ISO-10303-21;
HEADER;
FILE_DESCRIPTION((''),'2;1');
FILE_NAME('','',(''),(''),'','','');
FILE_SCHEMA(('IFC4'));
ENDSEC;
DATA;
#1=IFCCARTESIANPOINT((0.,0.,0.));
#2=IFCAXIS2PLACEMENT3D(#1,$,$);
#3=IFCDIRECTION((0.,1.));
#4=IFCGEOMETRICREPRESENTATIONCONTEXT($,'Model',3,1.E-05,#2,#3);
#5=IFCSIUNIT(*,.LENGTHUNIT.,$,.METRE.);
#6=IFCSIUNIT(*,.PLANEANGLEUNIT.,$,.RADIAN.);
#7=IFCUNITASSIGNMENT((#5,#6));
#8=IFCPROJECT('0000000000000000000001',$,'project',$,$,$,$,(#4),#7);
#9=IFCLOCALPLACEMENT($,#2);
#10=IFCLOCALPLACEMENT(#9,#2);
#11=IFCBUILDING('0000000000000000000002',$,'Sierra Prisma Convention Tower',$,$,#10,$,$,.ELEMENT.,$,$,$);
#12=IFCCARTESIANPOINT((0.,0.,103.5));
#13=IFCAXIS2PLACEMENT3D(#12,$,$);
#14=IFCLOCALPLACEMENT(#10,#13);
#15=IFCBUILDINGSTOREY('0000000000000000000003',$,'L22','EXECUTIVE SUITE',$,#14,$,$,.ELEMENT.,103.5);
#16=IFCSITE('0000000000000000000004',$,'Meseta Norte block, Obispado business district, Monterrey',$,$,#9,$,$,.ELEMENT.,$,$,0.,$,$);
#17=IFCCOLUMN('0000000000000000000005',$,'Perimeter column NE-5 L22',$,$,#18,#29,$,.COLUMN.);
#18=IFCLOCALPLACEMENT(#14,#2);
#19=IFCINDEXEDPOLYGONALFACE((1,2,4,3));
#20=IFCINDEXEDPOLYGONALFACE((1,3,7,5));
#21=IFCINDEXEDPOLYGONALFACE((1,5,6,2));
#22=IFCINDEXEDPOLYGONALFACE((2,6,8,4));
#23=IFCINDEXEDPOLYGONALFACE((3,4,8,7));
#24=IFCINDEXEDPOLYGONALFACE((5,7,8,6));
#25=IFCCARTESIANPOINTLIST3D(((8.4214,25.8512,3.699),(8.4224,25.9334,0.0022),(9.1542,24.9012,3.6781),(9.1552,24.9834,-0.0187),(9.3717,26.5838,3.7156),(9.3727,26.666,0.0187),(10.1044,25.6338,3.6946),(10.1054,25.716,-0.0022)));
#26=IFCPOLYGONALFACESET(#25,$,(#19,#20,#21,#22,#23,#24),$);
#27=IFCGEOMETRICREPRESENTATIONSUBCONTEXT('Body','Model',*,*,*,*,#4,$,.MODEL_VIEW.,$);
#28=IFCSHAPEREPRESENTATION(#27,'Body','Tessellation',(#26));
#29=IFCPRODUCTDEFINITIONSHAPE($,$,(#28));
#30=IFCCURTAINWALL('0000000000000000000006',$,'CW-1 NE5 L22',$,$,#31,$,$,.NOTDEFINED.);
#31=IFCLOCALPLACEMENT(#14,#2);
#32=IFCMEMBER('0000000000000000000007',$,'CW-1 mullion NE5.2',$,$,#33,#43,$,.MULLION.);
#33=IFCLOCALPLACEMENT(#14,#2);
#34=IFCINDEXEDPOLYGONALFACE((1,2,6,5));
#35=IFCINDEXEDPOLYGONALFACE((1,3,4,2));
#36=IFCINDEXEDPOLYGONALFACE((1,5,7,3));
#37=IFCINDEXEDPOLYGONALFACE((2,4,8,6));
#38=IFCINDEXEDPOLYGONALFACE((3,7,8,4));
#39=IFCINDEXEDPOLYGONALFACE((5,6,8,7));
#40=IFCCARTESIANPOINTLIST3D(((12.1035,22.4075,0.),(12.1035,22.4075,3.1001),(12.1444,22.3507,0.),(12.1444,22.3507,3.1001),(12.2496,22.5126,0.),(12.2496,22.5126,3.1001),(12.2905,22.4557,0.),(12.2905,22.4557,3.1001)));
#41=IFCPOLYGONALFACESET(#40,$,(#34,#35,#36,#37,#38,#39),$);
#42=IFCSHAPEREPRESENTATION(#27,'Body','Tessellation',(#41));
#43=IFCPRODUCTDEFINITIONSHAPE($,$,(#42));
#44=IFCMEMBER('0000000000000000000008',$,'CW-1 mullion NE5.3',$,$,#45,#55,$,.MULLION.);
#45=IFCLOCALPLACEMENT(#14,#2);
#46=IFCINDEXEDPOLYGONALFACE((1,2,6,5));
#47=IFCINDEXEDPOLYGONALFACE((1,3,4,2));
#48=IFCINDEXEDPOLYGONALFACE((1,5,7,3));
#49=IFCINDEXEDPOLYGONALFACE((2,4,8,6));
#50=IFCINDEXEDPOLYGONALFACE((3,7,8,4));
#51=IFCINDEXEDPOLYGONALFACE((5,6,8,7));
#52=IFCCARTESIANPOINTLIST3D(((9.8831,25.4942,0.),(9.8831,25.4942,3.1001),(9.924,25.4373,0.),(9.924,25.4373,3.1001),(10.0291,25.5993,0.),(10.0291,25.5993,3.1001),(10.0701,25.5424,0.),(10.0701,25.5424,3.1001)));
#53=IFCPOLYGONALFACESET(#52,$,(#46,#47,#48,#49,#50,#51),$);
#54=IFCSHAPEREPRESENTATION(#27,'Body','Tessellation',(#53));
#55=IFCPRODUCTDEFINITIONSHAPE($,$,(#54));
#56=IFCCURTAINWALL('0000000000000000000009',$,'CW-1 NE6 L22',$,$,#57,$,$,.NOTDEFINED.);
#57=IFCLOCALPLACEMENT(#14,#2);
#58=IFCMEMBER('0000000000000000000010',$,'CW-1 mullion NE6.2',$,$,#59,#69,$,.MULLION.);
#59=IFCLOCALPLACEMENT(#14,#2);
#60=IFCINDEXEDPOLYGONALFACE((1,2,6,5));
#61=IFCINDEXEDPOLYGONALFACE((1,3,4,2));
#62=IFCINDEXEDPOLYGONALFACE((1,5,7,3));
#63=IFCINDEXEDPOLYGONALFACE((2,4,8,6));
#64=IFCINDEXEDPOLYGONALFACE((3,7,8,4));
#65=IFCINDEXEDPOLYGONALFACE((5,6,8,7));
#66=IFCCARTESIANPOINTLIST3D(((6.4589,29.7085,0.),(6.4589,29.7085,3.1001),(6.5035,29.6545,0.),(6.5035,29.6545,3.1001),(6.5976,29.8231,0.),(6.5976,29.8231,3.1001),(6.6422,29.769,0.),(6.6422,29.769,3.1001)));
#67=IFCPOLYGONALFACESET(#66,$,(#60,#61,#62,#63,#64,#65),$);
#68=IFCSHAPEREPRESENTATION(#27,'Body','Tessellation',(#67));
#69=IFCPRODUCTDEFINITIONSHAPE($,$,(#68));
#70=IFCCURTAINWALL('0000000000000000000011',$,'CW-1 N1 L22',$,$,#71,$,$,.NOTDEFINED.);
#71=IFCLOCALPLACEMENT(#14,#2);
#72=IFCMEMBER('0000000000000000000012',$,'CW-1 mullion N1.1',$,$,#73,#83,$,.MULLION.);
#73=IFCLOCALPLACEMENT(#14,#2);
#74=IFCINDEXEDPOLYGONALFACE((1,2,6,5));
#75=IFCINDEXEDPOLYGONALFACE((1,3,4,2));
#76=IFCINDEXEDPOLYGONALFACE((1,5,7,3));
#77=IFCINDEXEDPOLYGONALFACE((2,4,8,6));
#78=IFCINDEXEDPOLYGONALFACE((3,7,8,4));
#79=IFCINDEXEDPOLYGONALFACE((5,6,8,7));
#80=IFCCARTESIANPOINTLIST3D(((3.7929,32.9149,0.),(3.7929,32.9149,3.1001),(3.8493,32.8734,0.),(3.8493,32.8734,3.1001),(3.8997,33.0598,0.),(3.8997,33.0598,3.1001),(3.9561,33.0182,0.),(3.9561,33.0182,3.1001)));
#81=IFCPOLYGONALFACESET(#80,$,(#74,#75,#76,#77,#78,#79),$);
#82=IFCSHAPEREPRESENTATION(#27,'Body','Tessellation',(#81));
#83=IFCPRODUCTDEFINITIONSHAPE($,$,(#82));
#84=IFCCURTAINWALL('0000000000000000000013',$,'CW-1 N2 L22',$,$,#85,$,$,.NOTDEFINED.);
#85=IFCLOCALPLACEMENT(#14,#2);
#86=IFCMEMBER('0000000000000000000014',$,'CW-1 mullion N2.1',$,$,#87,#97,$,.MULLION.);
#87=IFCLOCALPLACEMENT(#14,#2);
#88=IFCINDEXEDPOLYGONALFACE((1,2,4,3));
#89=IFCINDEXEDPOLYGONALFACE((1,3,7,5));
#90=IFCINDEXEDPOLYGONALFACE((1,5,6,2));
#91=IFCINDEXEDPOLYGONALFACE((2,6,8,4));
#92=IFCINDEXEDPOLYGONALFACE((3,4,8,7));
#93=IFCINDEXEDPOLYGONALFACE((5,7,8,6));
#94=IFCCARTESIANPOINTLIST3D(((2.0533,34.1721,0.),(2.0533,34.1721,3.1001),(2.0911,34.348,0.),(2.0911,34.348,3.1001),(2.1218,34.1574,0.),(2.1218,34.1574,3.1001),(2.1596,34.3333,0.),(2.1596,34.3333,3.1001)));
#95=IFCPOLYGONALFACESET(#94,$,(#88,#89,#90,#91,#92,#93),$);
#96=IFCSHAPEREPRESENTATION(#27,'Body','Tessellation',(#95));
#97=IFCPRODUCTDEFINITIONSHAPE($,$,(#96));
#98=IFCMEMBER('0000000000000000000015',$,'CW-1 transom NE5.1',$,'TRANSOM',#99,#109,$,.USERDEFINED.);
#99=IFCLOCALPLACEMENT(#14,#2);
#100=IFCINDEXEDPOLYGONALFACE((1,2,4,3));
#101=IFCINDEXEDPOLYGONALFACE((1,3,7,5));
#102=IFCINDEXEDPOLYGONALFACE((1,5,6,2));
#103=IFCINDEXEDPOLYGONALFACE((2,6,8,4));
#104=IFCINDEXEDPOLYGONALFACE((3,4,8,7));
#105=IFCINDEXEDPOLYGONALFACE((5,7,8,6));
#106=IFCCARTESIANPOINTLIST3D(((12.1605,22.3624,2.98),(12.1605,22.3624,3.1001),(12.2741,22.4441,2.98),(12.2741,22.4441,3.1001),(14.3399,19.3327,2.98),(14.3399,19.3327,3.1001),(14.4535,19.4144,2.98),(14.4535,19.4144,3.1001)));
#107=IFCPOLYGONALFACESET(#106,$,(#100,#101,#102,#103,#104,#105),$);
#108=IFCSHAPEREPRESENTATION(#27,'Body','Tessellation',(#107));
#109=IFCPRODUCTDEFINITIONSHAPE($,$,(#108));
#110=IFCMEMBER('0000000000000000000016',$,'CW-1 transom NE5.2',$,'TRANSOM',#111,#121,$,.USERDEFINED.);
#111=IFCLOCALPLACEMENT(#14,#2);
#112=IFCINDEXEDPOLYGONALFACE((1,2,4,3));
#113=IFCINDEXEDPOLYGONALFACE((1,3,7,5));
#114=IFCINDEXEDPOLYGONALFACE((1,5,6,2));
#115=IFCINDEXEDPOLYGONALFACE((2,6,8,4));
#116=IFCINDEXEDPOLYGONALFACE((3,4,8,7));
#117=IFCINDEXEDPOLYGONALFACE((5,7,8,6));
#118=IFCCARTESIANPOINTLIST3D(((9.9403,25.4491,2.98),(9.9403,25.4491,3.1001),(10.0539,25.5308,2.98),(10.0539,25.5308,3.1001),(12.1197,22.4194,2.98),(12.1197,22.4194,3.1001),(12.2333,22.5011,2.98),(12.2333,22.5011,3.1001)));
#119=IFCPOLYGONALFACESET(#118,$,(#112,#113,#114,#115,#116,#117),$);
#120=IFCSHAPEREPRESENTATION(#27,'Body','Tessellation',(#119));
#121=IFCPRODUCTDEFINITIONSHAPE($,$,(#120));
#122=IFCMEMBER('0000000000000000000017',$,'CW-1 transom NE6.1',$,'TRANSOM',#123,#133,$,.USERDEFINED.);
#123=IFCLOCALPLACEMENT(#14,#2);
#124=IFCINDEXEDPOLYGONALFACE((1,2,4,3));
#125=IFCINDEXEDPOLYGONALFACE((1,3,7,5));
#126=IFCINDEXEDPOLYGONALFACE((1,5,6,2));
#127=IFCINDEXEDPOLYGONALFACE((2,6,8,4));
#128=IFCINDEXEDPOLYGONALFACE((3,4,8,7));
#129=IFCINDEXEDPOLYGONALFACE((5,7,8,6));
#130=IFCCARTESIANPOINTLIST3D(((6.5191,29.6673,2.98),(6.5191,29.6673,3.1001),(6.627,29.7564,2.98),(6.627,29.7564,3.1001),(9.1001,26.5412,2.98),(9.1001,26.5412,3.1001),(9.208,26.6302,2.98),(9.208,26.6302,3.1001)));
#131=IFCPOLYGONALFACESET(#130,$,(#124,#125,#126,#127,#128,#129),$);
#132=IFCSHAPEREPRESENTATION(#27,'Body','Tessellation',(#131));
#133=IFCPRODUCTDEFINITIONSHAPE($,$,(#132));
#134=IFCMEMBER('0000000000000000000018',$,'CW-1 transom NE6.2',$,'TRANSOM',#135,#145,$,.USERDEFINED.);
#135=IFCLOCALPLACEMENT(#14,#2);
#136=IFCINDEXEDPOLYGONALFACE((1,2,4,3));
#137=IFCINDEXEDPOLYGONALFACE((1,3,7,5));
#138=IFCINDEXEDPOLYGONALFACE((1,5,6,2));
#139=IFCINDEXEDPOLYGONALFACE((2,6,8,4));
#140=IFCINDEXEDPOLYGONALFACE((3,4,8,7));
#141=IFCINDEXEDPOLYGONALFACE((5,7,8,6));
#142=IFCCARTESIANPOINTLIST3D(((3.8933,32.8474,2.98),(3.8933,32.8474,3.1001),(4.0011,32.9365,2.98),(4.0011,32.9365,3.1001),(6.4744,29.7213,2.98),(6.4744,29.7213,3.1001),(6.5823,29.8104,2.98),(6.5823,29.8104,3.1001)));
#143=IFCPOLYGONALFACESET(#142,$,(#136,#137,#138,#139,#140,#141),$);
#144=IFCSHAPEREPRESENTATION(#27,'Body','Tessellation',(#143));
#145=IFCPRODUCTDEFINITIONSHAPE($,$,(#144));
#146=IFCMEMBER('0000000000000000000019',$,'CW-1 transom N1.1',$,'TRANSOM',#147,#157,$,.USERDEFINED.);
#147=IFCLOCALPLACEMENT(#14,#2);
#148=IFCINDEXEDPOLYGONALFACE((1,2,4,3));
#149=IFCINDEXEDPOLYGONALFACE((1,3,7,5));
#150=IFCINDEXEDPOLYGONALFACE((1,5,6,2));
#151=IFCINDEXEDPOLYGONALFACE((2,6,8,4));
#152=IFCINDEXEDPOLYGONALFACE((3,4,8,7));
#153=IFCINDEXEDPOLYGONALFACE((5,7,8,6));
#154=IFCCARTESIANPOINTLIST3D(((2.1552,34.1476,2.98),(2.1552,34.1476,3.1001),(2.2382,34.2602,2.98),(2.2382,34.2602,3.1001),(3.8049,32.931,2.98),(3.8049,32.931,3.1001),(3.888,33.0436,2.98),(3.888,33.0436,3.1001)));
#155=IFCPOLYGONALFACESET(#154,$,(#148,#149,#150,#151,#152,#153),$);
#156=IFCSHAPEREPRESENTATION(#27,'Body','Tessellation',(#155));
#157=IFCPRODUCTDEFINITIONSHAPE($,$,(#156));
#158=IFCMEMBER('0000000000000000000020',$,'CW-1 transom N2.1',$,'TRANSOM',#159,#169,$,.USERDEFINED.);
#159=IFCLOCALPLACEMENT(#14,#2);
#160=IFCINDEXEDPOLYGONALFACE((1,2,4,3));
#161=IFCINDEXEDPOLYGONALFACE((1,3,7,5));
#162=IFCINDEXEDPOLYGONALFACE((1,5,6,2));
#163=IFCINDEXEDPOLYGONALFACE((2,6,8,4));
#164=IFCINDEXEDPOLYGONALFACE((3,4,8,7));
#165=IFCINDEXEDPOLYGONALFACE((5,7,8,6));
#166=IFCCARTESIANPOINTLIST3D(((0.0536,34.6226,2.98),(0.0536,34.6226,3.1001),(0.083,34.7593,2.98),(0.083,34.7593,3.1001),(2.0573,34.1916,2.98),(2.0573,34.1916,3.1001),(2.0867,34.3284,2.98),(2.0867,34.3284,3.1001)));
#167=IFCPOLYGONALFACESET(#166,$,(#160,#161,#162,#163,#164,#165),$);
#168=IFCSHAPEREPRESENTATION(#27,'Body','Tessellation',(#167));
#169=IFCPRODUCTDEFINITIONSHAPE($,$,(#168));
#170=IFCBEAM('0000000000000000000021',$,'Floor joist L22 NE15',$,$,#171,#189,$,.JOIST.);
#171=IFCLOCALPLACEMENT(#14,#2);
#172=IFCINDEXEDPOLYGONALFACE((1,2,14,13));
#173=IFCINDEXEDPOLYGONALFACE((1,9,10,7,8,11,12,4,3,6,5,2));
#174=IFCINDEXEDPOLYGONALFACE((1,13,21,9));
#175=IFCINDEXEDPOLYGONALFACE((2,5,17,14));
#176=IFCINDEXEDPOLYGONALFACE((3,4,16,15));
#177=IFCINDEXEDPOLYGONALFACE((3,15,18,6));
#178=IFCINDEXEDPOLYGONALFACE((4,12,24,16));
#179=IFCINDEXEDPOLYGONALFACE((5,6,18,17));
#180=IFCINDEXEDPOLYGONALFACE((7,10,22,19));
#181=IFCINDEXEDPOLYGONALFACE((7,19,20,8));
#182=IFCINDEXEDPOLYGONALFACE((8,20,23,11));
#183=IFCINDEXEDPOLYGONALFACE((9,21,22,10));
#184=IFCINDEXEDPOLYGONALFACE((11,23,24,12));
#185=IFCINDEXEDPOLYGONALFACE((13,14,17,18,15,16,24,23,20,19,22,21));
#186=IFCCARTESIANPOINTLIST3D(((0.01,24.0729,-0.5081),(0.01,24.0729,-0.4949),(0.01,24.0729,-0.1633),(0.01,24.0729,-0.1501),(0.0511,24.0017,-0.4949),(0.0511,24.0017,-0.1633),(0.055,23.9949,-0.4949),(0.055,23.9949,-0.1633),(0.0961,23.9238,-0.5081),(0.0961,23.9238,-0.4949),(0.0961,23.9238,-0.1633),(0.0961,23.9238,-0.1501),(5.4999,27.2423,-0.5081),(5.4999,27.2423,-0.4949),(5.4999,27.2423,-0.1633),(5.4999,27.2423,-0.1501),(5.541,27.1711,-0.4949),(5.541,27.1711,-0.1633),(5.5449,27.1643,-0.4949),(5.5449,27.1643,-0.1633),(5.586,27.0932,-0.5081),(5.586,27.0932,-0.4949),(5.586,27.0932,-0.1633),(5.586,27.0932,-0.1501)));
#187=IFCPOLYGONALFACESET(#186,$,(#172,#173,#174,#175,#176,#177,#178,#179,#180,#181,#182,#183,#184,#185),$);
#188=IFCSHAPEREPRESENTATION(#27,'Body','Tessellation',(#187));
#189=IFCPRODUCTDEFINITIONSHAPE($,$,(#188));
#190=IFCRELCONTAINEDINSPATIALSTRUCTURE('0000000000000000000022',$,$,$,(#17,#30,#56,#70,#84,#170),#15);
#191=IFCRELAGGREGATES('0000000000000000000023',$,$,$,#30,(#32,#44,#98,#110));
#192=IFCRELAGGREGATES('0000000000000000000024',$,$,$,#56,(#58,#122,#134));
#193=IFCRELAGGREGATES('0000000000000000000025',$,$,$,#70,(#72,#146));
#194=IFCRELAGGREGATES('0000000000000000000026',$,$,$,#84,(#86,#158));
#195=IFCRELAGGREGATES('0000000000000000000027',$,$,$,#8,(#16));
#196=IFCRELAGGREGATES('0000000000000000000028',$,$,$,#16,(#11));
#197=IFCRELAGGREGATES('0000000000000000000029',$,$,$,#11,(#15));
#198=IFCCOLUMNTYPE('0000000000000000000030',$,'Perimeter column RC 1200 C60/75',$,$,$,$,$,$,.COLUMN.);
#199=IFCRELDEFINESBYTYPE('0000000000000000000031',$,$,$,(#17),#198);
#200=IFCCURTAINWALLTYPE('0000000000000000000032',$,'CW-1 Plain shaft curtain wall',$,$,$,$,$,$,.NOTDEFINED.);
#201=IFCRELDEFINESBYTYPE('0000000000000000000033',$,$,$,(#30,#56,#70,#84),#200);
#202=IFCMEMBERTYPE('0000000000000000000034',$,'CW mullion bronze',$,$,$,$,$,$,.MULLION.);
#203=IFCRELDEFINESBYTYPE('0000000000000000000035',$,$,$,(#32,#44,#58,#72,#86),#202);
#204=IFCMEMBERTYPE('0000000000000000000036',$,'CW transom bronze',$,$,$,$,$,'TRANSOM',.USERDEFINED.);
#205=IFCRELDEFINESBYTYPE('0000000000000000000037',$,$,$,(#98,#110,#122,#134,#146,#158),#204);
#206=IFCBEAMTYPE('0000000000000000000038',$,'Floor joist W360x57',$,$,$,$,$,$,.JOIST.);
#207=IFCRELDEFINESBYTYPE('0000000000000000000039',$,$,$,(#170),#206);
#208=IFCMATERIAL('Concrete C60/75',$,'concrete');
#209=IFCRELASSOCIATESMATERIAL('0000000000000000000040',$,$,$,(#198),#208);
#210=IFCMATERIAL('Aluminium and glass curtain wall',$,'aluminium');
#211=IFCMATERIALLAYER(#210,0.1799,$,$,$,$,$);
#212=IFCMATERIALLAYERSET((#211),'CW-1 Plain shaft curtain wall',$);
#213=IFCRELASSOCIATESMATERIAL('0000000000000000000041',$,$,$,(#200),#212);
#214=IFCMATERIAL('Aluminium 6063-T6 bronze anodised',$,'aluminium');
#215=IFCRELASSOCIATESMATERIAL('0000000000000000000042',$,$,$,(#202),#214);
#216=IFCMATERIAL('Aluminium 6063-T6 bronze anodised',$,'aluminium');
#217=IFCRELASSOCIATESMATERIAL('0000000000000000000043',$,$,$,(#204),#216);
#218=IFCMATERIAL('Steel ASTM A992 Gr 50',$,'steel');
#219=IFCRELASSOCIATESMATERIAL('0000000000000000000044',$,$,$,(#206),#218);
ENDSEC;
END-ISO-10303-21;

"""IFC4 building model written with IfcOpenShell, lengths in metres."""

from ifc_helpers import new_model, si_unit, direction, frame, origin, origin_2d, place, context, subcontext, project, spatial, rectangle, i_section, extrude, clip, halfspace, material, layer, layer_set, material_profile, profile_set, type_object, element, aggregate, save


model = new_model("IFC4")

# Units and contexts
model_context = context("Model", 3, precision=1e-05, world=origin(), true_north=direction((0.0, 1.0)))
body_context = subcontext(model_context, "Body", "Model", "MODEL_VIEW")
ifc_project = project(units=[si_unit("LENGTHUNIT", "METRE"), si_unit("PLANEANGLEUNIT", "RADIAN")], contexts=[model_context])

# Site, building, storey
site_placement = place(None, origin())
site = spatial("IfcSite", under=ifc_project, at=site_placement, Name="Meseta Norte block, Obispado business district, Monterrey", CompositionType="ELEMENT", RefElevation=0.0)
building_placement = place(site_placement, origin())
building = spatial("IfcBuilding", under=site, at=building_placement, Name="Sierra Prisma Convention Tower", CompositionType="ELEMENT")
storey_placement = place(building_placement, frame((0.0, 0.0, 103.5)))
storey = spatial("IfcBuildingStorey", under=building, at=storey_placement, Name="L22", Description="EXECUTIVE SUITE", CompositionType="ELEMENT", Elevation=103.5)

# Column
ifc_material_1 = material(Name="Concrete C60/75", Category="concrete")
ifc_material_profile_1 = material_profile(ifc_material_1, rectangle(XDim=1.2, YDim=1.2, at=origin_2d()), Name="Perimeter column RC 1200 C60/75")
ifc_profile_set_1 = profile_set([ifc_material_profile_1], Name="Concrete C60/75")
column_type = type_object("IfcColumnType", Name="Perimeter column RC 1200 C60/75", PredefinedType="COLUMN", material=ifc_profile_set_1)
column_placement = place(storey_placement, frame((9.2639, 25.8247, 0.0), z_axis=(-0.000264, -0.022231, 0.999753), x_axis=(-0.610647, 0.791711, 0.017444)))
element("IfcColumn", 1, at=column_placement, inside=storey, type_object=column_type, Name="Perimeter column NE-5 L22", PredefinedType="COLUMN", context=body_context, shape_type="SweptSolid", body=[
    clip(extrude(rectangle(XDim=1.2, YDim=1.2, at=origin_2d()), origin(), (0.0, 0.0, 1.0), 3.7009), halfspace(frame((0.0, 0.0, 3.6978)), False)),
])

# Curtain wall, members
ifc_material_2 = material(Name="Aluminium and glass curtain wall", Category="aluminium")
ifc_layer_1 = layer(ifc_material_2, 0.1799)
ifc_layer_set_1 = layer_set([ifc_layer_1], Name="CW-1 Plain shaft curtain wall")
curtain_wall_type = type_object("IfcCurtainWallType", Name="CW-1 Plain shaft curtain wall", PredefinedType="NOTDEFINED", material=ifc_layer_set_1)
curtain_wall_1_placement = place(storey_placement, origin())
curtain_wall_1 = element("IfcCurtainWall", 2, at=curtain_wall_1_placement, inside=storey, type_object=curtain_wall_type, Name="CW-1 NE5 L22", PredefinedType="NOTDEFINED")
ifc_material_3 = material(Name="Aluminium 6063-T6 bronze anodised", Category="aluminium")
ifc_material_profile_2 = material_profile(ifc_material_3, rectangle(XDim=0.1799, YDim=0.0701, at=origin_2d()), Name="ALU MULLION 70x180")
ifc_profile_set_2 = profile_set([ifc_material_profile_2], Name="Aluminium 6063-T6 bronze anodised")
member_type_1 = type_object("IfcMemberType", Name="CW mullion bronze", PredefinedType="MULLION", material=ifc_profile_set_2)
member_1_placement = place(storey_placement, frame((12.197, 22.4316, 0.0), z_axis=(0.0, 0.0, 1.0), x_axis=(-0.811806, -0.583927, 0.0)))
member_1 = element("IfcMember", 3, at=member_1_placement, type_object=member_type_1, Name="CW-1 mullion NE5.2", PredefinedType="MULLION", context=body_context, shape_type="SweptSolid", body=[
    extrude(rectangle(XDim=0.1799, YDim=0.0701, at=origin_2d()), origin(), (0.0, 0.0, 1.0), 3.1001),
])
member_2_placement = place(storey_placement, frame((9.9766, 25.5183, 0.0), z_axis=(0.0, 0.0, 1.0), x_axis=(-0.811806, -0.583927, 0.0)))
member_2 = element("IfcMember", 4, at=member_2_placement, type_object=member_type_1, Name="CW-1 mullion NE5.3", PredefinedType="MULLION", context=body_context, shape_type="SweptSolid", body=[
    extrude(rectangle(XDim=0.1799, YDim=0.0701, at=origin_2d()), origin(), (0.0, 0.0, 1.0), 3.1001),
])

# Curtain walls, members
curtain_wall_2_placement = place(storey_placement, origin())
curtain_wall_2 = element("IfcCurtainWall", 5, at=curtain_wall_2_placement, inside=storey, type_object=curtain_wall_type, Name="CW-1 NE6 L22", PredefinedType="NOTDEFINED")
member_3_placement = place(storey_placement, frame((6.5505, 29.7388, 0.0), z_axis=(0.0, 0.0, 1.0), x_axis=(-0.77112, -0.636689, 0.0)))
member_3 = element("IfcMember", 6, at=member_3_placement, type_object=member_type_1, Name="CW-1 mullion NE6.2", PredefinedType="MULLION", context=body_context, shape_type="SweptSolid", body=[
    extrude(rectangle(XDim=0.1799, YDim=0.0701, at=origin_2d()), origin(), (0.0, 0.0, 1.0), 3.1001),
])
curtain_wall_3_placement = place(storey_placement, origin())
curtain_wall_3 = element("IfcCurtainWall", 7, at=curtain_wall_3_placement, inside=storey, type_object=curtain_wall_type, Name="CW-1 N1 L22", PredefinedType="NOTDEFINED")
member_4_placement = place(storey_placement, frame((3.8745, 32.9666, 0.0), z_axis=(0.0, 0.0, 1.0), x_axis=(-0.593547, -0.804799, 0.0)))
member_4 = element("IfcMember", 8, at=member_4_placement, type_object=member_type_1, Name="CW-1 mullion N1.1", PredefinedType="MULLION", context=body_context, shape_type="SweptSolid", body=[
    extrude(rectangle(XDim=0.1799, YDim=0.0701, at=origin_2d()), origin(), (0.0, 0.0, 1.0), 3.1001),
])
curtain_wall_4_placement = place(storey_placement, origin())
curtain_wall_4 = element("IfcCurtainWall", 9, at=curtain_wall_4_placement, inside=storey, type_object=curtain_wall_type, Name="CW-1 N2 L22", PredefinedType="NOTDEFINED")
member_5_placement = place(storey_placement, frame((2.1064, 34.2527, 0.0), z_axis=(0.0, 0.0, 1.0), x_axis=(-0.210239, -0.97765, 0.0)))
member_5 = element("IfcMember", 10, at=member_5_placement, type_object=member_type_1, Name="CW-1 mullion N2.1", PredefinedType="MULLION", context=body_context, shape_type="SweptSolid", body=[
    extrude(rectangle(XDim=0.1799, YDim=0.0701, at=origin_2d()), origin(), (0.0, 0.0, 1.0), 3.1001),
])

# Members
ifc_material_4 = material(Name="Aluminium 6063-T6 bronze anodised", Category="aluminium")
ifc_material_profile_3 = material_profile(ifc_material_4, rectangle(XDim=0.1399, YDim=0.1201, at=origin_2d()), Name="ALU TRANSOM 120x140")
ifc_profile_set_3 = profile_set([ifc_material_profile_3], Name="Aluminium 6063-T6 bronze anodised")
member_type_2 = type_object("IfcMemberType", Name="CW transom bronze", ElementType="TRANSOM", PredefinedType="USERDEFINED", material=ifc_profile_set_3)
member_6_placement = place(storey_placement, frame((14.3967, 19.3735, 3.04), z_axis=(-0.583951, 0.811789, 0.0), x_axis=(-0.811789, -0.583951, 0.0)))
member_6 = element("IfcMember", 11, at=member_6_placement, type_object=member_type_2, Name="CW-1 transom NE5.1", ObjectType="TRANSOM", PredefinedType="USERDEFINED", context=body_context, shape_type="SweptSolid", body=[
    extrude(rectangle(XDim=0.1399, YDim=0.1201, at=origin_2d()), origin(), (0.0, 0.0, 1.0), 3.7322),
])
member_7_placement = place(storey_placement, frame((12.1765, 22.4602, 3.04), z_axis=(-0.583951, 0.811789, 0.0), x_axis=(-0.811789, -0.583951, 0.0)))
member_7 = element("IfcMember", 12, at=member_7_placement, type_object=member_type_2, Name="CW-1 transom NE5.2", ObjectType="TRANSOM", PredefinedType="USERDEFINED", context=body_context, shape_type="SweptSolid", body=[
    extrude(rectangle(XDim=0.1399, YDim=0.1201, at=origin_2d()), origin(), (0.0, 0.0, 1.0), 3.7322),
])
member_8_placement = place(storey_placement, frame((9.1541, 26.5857, 3.04), z_axis=(-0.636665, 0.77114, 0.0), x_axis=(-0.77114, -0.636665, 0.0)))
member_8 = element("IfcMember", 13, at=member_8_placement, type_object=member_type_2, Name="CW-1 transom NE6.1", ObjectType="TRANSOM", PredefinedType="USERDEFINED", context=body_context, shape_type="SweptSolid", body=[
    extrude(rectangle(XDim=0.1399, YDim=0.1201, at=origin_2d()), origin(), (0.0, 0.0, 1.0), 4.054),
])
member_9_placement = place(storey_placement, frame((6.5283, 29.7659, 3.04), z_axis=(-0.636695, 0.771116, 0.0), x_axis=(-0.771116, -0.636695, 0.0)))
member_9 = element("IfcMember", 14, at=member_9_placement, type_object=member_type_2, Name="CW-1 transom NE6.2", ObjectType="TRANSOM", PredefinedType="USERDEFINED", context=body_context, shape_type="SweptSolid", body=[
    extrude(rectangle(XDim=0.1399, YDim=0.1201, at=origin_2d()), origin(), (0.0, 0.0, 1.0), 4.054),
])
member_10_placement = place(storey_placement, frame((3.8464, 32.9873, 3.04), z_axis=(-0.804819, 0.59352, 0.0), x_axis=(-0.59352, -0.804819, 0.0)))
member_10 = element("IfcMember", 15, at=member_10_placement, type_object=member_type_2, Name="CW-1 transom N1.1", ObjectType="TRANSOM", PredefinedType="USERDEFINED", context=body_context, shape_type="SweptSolid", body=[
    extrude(rectangle(XDim=0.1399, YDim=0.1201, at=origin_2d()), origin(), (0.0, 0.0, 1.0), 2.0498),
])
member_11_placement = place(storey_placement, frame((2.072, 34.26, 3.04), z_axis=(-0.977647, 0.210253, 0.0), x_axis=(-0.210253, -0.977647, 0.0)))
member_11 = element("IfcMember", 16, at=member_11_placement, type_object=member_type_2, Name="CW-1 transom N2.1", ObjectType="TRANSOM", PredefinedType="USERDEFINED", context=body_context, shape_type="SweptSolid", body=[
    extrude(rectangle(XDim=0.1399, YDim=0.1201, at=origin_2d()), origin(), (0.0, 0.0, 1.0), 2.0496),
])

# Beam
ifc_material_5 = material(Name="Steel ASTM A992 Gr 50", Category="steel")
ifc_material_profile_4 = material_profile(ifc_material_5, i_section(OverallWidth=0.1721, OverallDepth=0.3579, WebThickness=0.0078, FlangeThickness=0.0132, at=origin_2d()), Name="W360x57")
ifc_profile_set_4 = profile_set([ifc_material_profile_4], Name="Steel ASTM A992 Gr 50")
beam_type_1 = type_object("IfcBeamType", Name="Floor joist W360x57", PredefinedType="JOIST", material=ifc_profile_set_4)
beam_1_placement = place(storey_placement, frame((5.543, 27.1677, -0.3291), z_axis=(-0.86604, -0.499975, 0.0), x_axis=(0.499975, -0.86604, 0.0)))
element("IfcBeam", 17, at=beam_1_placement, inside=storey, type_object=beam_type_1, Name="Floor joist L22 NE15", PredefinedType="JOIST", context=body_context, shape_type="SweptSolid", body=[
    extrude(i_section(OverallWidth=0.1721, OverallDepth=0.3579, WebThickness=0.0078, FlangeThickness=0.0132, at=origin_2d()), origin(), (0.0, 0.0, 1.0), 6.3391),
])

aggregate(curtain_wall_1, [member_1, member_2, member_6, member_7])
aggregate(curtain_wall_2, [member_3, member_8, member_9])
aggregate(curtain_wall_3, [member_4, member_10])
aggregate(curtain_wall_4, [member_5, member_11])

save(model, "model.ifc")
